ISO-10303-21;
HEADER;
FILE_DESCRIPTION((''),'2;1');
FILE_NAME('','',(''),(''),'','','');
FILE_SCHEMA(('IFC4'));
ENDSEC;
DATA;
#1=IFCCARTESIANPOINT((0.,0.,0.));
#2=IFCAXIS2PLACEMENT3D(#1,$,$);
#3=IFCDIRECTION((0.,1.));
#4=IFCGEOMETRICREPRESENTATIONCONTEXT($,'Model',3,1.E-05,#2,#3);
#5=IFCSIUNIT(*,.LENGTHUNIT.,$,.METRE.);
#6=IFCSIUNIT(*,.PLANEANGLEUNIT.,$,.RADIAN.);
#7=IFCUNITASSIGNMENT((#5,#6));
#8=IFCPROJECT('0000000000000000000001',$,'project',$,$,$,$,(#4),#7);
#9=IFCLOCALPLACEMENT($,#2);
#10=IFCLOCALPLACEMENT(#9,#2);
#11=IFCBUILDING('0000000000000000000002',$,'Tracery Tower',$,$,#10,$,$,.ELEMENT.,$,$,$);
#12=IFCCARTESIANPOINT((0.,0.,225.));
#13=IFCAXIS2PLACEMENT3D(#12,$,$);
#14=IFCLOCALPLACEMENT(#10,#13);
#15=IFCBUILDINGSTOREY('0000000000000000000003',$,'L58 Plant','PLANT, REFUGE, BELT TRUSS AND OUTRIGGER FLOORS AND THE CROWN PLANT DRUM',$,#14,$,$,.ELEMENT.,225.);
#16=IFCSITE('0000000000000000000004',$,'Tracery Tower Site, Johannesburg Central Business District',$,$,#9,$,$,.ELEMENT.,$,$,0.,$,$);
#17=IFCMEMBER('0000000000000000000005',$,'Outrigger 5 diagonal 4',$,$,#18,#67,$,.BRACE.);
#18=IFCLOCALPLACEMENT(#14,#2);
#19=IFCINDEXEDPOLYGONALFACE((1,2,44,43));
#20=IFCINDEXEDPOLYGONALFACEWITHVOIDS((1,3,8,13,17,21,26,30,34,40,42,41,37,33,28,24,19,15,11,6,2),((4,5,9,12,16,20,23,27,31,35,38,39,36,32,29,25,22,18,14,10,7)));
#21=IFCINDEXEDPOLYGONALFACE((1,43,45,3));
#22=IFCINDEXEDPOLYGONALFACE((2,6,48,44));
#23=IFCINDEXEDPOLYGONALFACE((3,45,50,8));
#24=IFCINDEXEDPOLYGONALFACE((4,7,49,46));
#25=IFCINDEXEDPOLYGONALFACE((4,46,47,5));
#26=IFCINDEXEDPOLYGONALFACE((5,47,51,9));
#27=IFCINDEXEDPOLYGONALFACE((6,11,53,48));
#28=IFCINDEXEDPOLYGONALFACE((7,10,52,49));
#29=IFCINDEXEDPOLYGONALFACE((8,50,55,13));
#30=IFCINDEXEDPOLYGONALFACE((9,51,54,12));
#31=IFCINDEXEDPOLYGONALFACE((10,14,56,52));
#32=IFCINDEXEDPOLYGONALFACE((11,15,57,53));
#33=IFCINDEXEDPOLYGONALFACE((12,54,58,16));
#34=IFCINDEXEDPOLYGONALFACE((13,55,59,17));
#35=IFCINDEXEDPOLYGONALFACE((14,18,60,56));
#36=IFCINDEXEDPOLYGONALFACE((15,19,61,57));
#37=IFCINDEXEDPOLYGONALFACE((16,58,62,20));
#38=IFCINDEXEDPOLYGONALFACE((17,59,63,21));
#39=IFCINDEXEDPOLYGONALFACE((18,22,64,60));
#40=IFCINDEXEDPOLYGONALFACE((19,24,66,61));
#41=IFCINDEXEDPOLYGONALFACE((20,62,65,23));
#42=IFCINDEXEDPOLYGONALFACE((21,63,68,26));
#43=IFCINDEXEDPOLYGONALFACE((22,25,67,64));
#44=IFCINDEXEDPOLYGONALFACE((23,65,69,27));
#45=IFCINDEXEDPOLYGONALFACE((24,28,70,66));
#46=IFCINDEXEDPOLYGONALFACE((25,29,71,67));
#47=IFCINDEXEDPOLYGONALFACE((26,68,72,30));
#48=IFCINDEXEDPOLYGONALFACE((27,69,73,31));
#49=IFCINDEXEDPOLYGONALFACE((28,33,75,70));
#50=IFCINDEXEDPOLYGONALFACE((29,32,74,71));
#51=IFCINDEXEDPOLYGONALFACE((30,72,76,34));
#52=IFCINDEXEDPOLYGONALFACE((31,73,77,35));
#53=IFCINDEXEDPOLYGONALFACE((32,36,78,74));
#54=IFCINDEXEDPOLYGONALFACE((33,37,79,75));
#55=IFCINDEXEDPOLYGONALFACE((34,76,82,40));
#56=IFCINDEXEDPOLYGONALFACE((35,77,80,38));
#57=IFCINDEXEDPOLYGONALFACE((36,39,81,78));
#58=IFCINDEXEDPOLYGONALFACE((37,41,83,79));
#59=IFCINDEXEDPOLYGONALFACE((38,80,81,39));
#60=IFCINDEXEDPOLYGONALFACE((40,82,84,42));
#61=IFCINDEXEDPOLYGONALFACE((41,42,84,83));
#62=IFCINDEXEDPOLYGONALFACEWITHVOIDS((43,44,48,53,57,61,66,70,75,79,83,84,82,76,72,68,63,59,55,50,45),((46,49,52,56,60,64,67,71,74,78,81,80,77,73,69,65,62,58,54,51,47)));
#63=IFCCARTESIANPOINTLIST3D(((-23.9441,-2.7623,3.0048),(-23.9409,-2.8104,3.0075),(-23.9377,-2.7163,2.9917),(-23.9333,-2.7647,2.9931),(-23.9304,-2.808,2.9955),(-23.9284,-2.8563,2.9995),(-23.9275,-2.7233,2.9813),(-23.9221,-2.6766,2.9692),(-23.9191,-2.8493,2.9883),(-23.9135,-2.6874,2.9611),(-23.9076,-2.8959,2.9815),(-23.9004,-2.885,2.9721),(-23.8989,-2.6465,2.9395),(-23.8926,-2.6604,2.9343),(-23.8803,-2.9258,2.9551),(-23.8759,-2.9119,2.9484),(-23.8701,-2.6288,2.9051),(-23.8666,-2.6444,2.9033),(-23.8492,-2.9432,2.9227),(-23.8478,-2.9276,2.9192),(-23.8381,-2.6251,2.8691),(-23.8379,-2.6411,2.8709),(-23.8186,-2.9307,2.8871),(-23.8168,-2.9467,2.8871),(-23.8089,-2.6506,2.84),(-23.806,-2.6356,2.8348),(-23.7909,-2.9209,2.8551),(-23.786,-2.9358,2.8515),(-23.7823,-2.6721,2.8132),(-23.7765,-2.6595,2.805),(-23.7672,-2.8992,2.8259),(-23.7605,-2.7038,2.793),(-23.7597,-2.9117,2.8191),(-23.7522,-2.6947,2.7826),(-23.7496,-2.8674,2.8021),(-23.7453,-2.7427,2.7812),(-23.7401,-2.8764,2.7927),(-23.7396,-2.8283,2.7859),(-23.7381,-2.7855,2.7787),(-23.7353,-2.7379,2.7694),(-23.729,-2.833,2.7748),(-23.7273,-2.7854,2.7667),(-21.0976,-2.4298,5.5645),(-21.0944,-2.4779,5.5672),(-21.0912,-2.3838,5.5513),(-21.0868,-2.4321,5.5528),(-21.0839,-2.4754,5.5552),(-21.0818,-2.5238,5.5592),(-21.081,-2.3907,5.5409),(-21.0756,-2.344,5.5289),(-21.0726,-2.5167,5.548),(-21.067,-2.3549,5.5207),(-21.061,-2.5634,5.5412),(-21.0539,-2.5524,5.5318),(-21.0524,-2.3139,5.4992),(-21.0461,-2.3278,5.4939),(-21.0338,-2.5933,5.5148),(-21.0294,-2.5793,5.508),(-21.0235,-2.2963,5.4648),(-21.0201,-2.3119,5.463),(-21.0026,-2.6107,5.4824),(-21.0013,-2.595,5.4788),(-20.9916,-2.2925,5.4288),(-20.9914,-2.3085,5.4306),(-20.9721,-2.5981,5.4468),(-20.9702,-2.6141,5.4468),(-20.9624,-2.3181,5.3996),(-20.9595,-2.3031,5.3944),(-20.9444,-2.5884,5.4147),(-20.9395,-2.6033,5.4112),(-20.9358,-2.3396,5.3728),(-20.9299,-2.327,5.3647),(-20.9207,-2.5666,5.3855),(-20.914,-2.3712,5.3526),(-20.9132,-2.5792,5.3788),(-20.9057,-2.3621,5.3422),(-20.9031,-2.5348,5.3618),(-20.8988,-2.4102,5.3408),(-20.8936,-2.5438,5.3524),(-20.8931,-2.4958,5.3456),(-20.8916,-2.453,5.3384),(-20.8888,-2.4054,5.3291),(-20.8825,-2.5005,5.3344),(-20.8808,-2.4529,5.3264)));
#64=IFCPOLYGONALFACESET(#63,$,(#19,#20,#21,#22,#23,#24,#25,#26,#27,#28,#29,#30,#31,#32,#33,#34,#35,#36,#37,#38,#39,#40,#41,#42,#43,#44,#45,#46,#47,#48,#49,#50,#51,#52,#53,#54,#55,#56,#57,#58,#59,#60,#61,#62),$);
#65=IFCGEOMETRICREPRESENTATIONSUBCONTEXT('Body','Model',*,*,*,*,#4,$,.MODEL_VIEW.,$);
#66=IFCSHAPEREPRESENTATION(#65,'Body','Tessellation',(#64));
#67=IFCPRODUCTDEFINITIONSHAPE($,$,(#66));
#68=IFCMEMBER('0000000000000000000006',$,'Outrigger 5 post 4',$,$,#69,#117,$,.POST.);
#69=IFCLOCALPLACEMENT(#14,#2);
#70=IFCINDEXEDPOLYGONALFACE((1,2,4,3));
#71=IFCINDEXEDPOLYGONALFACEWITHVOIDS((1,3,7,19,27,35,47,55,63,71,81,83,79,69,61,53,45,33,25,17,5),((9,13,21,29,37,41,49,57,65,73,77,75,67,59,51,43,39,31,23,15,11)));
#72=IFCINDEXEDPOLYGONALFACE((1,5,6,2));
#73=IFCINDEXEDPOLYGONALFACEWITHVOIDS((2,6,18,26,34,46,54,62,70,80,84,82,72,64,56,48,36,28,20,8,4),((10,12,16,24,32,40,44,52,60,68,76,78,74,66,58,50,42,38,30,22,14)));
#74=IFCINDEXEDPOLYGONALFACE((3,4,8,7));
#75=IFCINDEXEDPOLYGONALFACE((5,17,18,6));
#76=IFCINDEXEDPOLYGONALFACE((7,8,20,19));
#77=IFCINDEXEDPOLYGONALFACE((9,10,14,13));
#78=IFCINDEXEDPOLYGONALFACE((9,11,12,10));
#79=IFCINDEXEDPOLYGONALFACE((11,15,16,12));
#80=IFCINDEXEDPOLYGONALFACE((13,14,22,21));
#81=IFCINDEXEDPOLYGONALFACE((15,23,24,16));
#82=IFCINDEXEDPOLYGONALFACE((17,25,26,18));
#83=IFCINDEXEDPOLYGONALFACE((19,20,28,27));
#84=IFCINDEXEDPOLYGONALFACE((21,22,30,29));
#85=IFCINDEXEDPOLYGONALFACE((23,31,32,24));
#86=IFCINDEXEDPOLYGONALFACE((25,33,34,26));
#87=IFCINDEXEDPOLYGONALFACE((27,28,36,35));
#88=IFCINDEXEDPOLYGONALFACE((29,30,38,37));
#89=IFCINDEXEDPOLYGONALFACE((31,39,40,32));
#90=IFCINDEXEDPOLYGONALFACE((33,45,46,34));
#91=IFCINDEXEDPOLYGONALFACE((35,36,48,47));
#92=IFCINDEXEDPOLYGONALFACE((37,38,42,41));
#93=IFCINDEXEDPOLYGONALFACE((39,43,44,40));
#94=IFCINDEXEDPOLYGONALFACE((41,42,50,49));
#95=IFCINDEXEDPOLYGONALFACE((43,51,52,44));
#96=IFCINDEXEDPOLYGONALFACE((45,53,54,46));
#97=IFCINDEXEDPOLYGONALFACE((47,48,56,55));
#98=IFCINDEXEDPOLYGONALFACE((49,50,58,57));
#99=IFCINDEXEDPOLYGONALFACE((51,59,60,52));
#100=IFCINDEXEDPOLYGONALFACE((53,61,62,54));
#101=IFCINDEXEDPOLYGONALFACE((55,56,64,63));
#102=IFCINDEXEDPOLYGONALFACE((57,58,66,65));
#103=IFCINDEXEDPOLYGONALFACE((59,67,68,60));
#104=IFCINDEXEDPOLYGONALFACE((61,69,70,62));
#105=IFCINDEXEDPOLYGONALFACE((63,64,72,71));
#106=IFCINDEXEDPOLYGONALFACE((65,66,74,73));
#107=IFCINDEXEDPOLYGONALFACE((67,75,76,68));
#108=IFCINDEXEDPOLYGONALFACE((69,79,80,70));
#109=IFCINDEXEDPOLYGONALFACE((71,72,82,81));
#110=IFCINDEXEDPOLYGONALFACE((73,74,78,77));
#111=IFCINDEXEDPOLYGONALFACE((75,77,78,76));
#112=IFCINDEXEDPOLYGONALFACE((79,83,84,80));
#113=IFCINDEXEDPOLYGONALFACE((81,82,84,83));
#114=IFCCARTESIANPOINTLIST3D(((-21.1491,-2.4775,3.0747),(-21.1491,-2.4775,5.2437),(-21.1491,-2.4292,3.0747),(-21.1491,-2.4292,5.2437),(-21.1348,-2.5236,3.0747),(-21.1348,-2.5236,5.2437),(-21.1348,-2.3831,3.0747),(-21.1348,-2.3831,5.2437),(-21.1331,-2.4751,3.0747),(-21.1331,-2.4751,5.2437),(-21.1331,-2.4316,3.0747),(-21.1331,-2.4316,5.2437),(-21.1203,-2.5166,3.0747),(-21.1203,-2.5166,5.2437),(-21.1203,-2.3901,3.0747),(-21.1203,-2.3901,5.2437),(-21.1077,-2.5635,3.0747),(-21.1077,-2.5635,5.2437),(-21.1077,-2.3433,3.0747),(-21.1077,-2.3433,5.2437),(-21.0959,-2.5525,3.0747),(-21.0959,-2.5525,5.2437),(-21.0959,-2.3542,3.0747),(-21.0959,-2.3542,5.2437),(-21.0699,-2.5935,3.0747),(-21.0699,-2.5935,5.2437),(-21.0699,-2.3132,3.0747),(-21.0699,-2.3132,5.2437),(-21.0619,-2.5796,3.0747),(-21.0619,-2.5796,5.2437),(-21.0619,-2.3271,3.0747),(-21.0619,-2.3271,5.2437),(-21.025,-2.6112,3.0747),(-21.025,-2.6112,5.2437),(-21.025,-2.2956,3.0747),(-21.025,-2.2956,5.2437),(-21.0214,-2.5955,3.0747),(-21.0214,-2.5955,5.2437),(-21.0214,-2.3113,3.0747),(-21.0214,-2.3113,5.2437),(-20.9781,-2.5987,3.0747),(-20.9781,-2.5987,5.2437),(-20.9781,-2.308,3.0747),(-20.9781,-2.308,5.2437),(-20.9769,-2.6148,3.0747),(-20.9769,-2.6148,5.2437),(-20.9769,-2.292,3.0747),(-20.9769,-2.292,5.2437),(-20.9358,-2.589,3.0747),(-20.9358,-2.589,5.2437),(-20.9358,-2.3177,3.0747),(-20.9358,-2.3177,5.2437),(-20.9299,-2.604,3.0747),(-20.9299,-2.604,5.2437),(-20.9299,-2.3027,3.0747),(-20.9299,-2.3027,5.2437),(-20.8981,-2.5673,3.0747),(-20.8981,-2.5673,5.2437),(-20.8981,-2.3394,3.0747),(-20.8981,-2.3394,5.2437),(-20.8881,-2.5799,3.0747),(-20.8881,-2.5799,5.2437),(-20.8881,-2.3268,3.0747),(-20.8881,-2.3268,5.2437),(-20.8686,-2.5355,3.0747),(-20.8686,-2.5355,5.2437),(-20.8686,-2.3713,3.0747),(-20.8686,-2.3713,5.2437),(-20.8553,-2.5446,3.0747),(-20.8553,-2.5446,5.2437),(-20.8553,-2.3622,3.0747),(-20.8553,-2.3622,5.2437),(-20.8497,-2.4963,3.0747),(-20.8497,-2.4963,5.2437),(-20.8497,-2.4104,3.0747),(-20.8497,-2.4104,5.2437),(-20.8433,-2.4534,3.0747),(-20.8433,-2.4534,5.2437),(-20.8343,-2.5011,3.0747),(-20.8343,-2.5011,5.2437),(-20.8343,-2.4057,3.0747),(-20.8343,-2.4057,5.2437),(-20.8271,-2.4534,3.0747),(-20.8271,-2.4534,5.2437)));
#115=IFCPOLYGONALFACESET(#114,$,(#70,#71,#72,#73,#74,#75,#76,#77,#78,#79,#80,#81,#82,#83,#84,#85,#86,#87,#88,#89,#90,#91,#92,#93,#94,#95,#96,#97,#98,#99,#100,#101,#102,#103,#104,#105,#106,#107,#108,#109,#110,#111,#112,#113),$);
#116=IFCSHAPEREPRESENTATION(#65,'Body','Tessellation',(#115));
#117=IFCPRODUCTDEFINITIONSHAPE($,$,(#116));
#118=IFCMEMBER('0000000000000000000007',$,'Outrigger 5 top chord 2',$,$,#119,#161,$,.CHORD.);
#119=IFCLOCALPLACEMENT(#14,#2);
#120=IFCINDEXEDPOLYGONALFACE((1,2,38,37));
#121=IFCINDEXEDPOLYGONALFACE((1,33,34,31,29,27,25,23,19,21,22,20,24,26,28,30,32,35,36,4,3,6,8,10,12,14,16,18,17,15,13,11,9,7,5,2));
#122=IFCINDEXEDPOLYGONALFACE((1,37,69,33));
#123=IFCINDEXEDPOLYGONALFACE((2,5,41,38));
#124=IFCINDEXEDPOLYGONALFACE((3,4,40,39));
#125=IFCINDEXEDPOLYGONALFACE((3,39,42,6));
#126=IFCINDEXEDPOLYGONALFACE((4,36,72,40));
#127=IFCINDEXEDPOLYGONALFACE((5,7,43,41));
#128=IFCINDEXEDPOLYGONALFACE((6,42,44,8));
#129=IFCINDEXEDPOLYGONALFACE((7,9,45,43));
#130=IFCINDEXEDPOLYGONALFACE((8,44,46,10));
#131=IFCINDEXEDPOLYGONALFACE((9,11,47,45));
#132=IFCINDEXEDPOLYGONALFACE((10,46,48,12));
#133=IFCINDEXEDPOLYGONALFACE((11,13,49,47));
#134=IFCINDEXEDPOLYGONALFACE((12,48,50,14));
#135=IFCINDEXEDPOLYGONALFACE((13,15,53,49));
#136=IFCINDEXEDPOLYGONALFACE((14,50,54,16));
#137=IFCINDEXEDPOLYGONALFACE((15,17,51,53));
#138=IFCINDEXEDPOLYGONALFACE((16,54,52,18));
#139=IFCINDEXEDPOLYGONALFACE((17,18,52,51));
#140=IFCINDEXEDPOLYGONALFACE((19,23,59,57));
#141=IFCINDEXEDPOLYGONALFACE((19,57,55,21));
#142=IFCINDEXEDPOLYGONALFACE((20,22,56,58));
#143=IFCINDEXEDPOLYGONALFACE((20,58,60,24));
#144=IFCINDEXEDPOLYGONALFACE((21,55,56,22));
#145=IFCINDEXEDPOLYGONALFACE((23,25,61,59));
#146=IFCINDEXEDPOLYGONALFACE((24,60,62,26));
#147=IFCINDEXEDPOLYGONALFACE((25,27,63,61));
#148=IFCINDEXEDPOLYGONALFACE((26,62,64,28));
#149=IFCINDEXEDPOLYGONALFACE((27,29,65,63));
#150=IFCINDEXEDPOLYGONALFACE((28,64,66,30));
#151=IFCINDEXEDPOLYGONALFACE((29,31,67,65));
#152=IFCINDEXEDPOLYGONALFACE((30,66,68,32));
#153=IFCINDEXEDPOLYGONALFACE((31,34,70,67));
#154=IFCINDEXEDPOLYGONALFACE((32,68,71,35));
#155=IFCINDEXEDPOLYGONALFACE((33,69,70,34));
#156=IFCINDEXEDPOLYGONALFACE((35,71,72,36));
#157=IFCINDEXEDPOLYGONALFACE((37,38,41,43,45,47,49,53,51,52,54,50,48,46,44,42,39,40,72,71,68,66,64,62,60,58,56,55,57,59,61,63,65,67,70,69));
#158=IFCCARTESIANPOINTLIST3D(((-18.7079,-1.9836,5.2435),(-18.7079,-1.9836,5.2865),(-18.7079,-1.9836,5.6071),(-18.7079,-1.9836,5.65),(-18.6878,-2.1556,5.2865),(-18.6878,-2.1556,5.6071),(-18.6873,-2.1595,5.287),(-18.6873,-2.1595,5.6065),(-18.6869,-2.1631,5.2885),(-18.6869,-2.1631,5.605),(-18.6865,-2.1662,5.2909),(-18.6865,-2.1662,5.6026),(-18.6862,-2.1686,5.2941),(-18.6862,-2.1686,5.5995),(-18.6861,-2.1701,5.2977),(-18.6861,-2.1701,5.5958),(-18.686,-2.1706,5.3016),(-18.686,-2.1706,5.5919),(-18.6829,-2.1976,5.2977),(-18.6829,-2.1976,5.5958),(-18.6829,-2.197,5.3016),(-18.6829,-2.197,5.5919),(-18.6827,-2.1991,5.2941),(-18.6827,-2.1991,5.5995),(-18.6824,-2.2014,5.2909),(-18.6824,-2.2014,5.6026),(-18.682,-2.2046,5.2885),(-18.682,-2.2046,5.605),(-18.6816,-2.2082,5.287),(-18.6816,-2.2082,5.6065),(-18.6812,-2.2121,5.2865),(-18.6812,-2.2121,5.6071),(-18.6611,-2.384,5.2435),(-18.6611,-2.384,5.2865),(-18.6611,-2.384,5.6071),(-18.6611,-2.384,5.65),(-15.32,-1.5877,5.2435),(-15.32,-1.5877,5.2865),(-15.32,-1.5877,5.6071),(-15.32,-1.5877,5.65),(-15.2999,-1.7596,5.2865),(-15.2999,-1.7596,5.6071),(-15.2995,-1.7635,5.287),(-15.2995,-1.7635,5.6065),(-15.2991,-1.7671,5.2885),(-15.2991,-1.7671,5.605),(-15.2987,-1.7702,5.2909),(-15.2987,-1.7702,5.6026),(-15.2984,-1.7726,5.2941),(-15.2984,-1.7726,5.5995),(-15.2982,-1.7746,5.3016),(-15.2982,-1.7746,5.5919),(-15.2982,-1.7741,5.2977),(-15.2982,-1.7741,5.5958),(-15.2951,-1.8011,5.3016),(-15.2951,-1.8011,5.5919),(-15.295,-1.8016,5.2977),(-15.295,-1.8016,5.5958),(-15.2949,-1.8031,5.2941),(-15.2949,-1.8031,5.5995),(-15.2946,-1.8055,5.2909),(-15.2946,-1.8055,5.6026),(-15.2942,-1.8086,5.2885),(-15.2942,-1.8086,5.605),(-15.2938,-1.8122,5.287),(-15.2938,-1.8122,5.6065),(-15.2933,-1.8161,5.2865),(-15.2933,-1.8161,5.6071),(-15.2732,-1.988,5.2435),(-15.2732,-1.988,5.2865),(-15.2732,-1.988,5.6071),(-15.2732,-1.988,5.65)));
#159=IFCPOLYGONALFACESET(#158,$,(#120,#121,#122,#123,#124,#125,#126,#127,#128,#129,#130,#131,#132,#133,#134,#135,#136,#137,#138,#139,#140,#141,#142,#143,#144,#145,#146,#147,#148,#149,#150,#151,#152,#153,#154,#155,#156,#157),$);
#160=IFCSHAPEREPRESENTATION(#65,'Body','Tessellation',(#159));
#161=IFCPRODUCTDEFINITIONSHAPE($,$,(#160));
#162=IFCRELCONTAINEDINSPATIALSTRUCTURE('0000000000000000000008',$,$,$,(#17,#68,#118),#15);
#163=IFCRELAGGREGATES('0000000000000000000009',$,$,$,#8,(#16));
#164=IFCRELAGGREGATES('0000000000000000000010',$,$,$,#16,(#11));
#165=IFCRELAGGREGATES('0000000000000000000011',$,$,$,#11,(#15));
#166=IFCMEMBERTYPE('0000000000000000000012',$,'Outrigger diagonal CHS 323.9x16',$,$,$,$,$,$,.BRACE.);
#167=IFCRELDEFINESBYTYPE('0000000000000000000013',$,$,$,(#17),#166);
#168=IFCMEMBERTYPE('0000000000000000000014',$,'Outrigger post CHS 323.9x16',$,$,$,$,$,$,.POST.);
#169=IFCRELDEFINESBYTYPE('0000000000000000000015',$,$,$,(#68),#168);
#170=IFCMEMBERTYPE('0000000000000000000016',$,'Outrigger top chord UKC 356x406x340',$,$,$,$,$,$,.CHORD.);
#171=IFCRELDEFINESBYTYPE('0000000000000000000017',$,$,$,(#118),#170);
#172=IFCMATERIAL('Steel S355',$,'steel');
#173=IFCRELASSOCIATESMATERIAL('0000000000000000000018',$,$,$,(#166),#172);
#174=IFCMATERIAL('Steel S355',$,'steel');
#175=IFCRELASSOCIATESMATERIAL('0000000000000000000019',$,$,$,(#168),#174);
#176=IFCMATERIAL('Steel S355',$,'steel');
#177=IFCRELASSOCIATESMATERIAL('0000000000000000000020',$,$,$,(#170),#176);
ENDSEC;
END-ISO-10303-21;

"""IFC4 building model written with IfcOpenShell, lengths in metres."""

from ifc_helpers import new_model, si_unit, direction, frame, origin, origin_2d, place, context, subcontext, project, spatial, hollow_circle, i_section, extrude, material, material_profile, profile_set, type_object, element, save


model = new_model("IFC4")

# Units and contexts
model_context = context("Model", 3, precision=1e-05, world=origin(), true_north=direction((0.0, 1.0)))
body_context = subcontext(model_context, "Body", "Model", "MODEL_VIEW")
ifc_project = project(units=[si_unit("LENGTHUNIT", "METRE"), si_unit("PLANEANGLEUNIT", "RADIAN")], contexts=[model_context])

# Site, building, storey
site_placement = place(None, origin())
site = spatial("IfcSite", under=ifc_project, at=site_placement, Name="Tracery Tower Site, Johannesburg Central Business District", CompositionType="ELEMENT", RefElevation=0.0)
building_placement = place(site_placement, origin())
building = spatial("IfcBuilding", under=site, at=building_placement, Name="Tracery Tower", CompositionType="ELEMENT")
storey_placement = place(building_placement, frame((0.0, 0.0, 225.0)))
storey = spatial("IfcBuildingStorey", under=building, at=storey_placement, Name="L58 Plant", Description="PLANT, REFUGE, BELT TRUSS AND OUTRIGGER FLOORS AND THE CROWN PLANT DRUM", CompositionType="ELEMENT", Elevation=225.0)

# Members
ifc_material_1 = material(Name="Steel S355", Category="steel")
ifc_material_profile_1 = material_profile(ifc_material_1, hollow_circle(Radius=0.1619, WallThickness=0.0161, at=origin_2d()), Name="CHS 323.9x16")
ifc_profile_set_1 = profile_set([ifc_material_profile_1], Name="Steel S355")
member_type_1 = type_object("IfcMemberType", Name="Outrigger diagonal CHS 323.9x16", PredefinedType="BRACE", material=ifc_profile_set_1)
member_1_placement = place(storey_placement, frame((-20.989, -2.4534, 5.4468), z_axis=(-0.740793, -0.086539, -0.666136), x_axis=(0.116031, -0.993246, 0.0)))
element("IfcMember", 1, at=member_1_placement, inside=storey, type_object=member_type_1, Name="Outrigger 5 diagonal 4", PredefinedType="BRACE", context=body_context, shape_type="SweptSolid", body=[
    extrude(hollow_circle(Radius=0.1619, WallThickness=0.0161, at=origin_2d()), origin(), (0.0, 0.0, 1.0), 3.8425),
])
ifc_material_2 = material(Name="Steel S355", Category="steel")
ifc_material_profile_2 = material_profile(ifc_material_2, hollow_circle(Radius=0.1619, WallThickness=0.0161, at=origin_2d()), Name="CHS 323.9x16")
ifc_profile_set_2 = profile_set([ifc_material_profile_2], Name="Steel S355")
member_type_2 = type_object("IfcMemberType", Name="Outrigger post CHS 323.9x16", PredefinedType="POST", material=ifc_profile_set_2)
member_2_placement = place(storey_placement, frame((-20.989, -2.4534, 3.0747), z_axis=(0.0, 0.0, 1.0), x_axis=(1.0, 0.0, 0.0)))
element("IfcMember", 2, at=member_2_placement, inside=storey, type_object=member_type_2, Name="Outrigger 5 post 4", PredefinedType="POST", context=body_context, shape_type="SweptSolid", body=[
    extrude(hollow_circle(Radius=0.1619, WallThickness=0.0161, at=origin_2d()), origin(), (0.0, 0.0, 1.0), 2.1689),
])
ifc_material_3 = material(Name="Steel S355", Category="steel")
ifc_material_profile_3 = material_profile(ifc_material_3, i_section(OverallWidth=0.4031, OverallDepth=0.4065, WebThickness=0.0266, FlangeThickness=0.043, FilletRadius=0.0151, at=origin_2d()), Name="UKC 356x406x340")
ifc_profile_set_3 = profile_set([ifc_material_profile_3], Name="Steel S355")
member_type_3 = type_object("IfcMemberType", Name="Outrigger top chord UKC 356x406x340", PredefinedType="CHORD", material=ifc_profile_set_3)
member_3_placement = place(storey_placement, frame((-15.2966, -1.7878, 5.4468), z_axis=(-0.993238, -0.116094, 0.0), x_axis=(0.116094, -0.993238, 0.0)))
element("IfcMember", 3, at=member_3_placement, inside=storey, type_object=member_type_3, Name="Outrigger 5 top chord 2", PredefinedType="CHORD", context=body_context, shape_type="SweptSolid", body=[
    extrude(i_section(OverallWidth=0.4031, OverallDepth=0.4065, WebThickness=0.0266, FlangeThickness=0.043, FilletRadius=0.0151, at=origin_2d()), origin(), (0.0, 0.0, 1.0), 3.4109),
])

save(model, "model.ifc")
